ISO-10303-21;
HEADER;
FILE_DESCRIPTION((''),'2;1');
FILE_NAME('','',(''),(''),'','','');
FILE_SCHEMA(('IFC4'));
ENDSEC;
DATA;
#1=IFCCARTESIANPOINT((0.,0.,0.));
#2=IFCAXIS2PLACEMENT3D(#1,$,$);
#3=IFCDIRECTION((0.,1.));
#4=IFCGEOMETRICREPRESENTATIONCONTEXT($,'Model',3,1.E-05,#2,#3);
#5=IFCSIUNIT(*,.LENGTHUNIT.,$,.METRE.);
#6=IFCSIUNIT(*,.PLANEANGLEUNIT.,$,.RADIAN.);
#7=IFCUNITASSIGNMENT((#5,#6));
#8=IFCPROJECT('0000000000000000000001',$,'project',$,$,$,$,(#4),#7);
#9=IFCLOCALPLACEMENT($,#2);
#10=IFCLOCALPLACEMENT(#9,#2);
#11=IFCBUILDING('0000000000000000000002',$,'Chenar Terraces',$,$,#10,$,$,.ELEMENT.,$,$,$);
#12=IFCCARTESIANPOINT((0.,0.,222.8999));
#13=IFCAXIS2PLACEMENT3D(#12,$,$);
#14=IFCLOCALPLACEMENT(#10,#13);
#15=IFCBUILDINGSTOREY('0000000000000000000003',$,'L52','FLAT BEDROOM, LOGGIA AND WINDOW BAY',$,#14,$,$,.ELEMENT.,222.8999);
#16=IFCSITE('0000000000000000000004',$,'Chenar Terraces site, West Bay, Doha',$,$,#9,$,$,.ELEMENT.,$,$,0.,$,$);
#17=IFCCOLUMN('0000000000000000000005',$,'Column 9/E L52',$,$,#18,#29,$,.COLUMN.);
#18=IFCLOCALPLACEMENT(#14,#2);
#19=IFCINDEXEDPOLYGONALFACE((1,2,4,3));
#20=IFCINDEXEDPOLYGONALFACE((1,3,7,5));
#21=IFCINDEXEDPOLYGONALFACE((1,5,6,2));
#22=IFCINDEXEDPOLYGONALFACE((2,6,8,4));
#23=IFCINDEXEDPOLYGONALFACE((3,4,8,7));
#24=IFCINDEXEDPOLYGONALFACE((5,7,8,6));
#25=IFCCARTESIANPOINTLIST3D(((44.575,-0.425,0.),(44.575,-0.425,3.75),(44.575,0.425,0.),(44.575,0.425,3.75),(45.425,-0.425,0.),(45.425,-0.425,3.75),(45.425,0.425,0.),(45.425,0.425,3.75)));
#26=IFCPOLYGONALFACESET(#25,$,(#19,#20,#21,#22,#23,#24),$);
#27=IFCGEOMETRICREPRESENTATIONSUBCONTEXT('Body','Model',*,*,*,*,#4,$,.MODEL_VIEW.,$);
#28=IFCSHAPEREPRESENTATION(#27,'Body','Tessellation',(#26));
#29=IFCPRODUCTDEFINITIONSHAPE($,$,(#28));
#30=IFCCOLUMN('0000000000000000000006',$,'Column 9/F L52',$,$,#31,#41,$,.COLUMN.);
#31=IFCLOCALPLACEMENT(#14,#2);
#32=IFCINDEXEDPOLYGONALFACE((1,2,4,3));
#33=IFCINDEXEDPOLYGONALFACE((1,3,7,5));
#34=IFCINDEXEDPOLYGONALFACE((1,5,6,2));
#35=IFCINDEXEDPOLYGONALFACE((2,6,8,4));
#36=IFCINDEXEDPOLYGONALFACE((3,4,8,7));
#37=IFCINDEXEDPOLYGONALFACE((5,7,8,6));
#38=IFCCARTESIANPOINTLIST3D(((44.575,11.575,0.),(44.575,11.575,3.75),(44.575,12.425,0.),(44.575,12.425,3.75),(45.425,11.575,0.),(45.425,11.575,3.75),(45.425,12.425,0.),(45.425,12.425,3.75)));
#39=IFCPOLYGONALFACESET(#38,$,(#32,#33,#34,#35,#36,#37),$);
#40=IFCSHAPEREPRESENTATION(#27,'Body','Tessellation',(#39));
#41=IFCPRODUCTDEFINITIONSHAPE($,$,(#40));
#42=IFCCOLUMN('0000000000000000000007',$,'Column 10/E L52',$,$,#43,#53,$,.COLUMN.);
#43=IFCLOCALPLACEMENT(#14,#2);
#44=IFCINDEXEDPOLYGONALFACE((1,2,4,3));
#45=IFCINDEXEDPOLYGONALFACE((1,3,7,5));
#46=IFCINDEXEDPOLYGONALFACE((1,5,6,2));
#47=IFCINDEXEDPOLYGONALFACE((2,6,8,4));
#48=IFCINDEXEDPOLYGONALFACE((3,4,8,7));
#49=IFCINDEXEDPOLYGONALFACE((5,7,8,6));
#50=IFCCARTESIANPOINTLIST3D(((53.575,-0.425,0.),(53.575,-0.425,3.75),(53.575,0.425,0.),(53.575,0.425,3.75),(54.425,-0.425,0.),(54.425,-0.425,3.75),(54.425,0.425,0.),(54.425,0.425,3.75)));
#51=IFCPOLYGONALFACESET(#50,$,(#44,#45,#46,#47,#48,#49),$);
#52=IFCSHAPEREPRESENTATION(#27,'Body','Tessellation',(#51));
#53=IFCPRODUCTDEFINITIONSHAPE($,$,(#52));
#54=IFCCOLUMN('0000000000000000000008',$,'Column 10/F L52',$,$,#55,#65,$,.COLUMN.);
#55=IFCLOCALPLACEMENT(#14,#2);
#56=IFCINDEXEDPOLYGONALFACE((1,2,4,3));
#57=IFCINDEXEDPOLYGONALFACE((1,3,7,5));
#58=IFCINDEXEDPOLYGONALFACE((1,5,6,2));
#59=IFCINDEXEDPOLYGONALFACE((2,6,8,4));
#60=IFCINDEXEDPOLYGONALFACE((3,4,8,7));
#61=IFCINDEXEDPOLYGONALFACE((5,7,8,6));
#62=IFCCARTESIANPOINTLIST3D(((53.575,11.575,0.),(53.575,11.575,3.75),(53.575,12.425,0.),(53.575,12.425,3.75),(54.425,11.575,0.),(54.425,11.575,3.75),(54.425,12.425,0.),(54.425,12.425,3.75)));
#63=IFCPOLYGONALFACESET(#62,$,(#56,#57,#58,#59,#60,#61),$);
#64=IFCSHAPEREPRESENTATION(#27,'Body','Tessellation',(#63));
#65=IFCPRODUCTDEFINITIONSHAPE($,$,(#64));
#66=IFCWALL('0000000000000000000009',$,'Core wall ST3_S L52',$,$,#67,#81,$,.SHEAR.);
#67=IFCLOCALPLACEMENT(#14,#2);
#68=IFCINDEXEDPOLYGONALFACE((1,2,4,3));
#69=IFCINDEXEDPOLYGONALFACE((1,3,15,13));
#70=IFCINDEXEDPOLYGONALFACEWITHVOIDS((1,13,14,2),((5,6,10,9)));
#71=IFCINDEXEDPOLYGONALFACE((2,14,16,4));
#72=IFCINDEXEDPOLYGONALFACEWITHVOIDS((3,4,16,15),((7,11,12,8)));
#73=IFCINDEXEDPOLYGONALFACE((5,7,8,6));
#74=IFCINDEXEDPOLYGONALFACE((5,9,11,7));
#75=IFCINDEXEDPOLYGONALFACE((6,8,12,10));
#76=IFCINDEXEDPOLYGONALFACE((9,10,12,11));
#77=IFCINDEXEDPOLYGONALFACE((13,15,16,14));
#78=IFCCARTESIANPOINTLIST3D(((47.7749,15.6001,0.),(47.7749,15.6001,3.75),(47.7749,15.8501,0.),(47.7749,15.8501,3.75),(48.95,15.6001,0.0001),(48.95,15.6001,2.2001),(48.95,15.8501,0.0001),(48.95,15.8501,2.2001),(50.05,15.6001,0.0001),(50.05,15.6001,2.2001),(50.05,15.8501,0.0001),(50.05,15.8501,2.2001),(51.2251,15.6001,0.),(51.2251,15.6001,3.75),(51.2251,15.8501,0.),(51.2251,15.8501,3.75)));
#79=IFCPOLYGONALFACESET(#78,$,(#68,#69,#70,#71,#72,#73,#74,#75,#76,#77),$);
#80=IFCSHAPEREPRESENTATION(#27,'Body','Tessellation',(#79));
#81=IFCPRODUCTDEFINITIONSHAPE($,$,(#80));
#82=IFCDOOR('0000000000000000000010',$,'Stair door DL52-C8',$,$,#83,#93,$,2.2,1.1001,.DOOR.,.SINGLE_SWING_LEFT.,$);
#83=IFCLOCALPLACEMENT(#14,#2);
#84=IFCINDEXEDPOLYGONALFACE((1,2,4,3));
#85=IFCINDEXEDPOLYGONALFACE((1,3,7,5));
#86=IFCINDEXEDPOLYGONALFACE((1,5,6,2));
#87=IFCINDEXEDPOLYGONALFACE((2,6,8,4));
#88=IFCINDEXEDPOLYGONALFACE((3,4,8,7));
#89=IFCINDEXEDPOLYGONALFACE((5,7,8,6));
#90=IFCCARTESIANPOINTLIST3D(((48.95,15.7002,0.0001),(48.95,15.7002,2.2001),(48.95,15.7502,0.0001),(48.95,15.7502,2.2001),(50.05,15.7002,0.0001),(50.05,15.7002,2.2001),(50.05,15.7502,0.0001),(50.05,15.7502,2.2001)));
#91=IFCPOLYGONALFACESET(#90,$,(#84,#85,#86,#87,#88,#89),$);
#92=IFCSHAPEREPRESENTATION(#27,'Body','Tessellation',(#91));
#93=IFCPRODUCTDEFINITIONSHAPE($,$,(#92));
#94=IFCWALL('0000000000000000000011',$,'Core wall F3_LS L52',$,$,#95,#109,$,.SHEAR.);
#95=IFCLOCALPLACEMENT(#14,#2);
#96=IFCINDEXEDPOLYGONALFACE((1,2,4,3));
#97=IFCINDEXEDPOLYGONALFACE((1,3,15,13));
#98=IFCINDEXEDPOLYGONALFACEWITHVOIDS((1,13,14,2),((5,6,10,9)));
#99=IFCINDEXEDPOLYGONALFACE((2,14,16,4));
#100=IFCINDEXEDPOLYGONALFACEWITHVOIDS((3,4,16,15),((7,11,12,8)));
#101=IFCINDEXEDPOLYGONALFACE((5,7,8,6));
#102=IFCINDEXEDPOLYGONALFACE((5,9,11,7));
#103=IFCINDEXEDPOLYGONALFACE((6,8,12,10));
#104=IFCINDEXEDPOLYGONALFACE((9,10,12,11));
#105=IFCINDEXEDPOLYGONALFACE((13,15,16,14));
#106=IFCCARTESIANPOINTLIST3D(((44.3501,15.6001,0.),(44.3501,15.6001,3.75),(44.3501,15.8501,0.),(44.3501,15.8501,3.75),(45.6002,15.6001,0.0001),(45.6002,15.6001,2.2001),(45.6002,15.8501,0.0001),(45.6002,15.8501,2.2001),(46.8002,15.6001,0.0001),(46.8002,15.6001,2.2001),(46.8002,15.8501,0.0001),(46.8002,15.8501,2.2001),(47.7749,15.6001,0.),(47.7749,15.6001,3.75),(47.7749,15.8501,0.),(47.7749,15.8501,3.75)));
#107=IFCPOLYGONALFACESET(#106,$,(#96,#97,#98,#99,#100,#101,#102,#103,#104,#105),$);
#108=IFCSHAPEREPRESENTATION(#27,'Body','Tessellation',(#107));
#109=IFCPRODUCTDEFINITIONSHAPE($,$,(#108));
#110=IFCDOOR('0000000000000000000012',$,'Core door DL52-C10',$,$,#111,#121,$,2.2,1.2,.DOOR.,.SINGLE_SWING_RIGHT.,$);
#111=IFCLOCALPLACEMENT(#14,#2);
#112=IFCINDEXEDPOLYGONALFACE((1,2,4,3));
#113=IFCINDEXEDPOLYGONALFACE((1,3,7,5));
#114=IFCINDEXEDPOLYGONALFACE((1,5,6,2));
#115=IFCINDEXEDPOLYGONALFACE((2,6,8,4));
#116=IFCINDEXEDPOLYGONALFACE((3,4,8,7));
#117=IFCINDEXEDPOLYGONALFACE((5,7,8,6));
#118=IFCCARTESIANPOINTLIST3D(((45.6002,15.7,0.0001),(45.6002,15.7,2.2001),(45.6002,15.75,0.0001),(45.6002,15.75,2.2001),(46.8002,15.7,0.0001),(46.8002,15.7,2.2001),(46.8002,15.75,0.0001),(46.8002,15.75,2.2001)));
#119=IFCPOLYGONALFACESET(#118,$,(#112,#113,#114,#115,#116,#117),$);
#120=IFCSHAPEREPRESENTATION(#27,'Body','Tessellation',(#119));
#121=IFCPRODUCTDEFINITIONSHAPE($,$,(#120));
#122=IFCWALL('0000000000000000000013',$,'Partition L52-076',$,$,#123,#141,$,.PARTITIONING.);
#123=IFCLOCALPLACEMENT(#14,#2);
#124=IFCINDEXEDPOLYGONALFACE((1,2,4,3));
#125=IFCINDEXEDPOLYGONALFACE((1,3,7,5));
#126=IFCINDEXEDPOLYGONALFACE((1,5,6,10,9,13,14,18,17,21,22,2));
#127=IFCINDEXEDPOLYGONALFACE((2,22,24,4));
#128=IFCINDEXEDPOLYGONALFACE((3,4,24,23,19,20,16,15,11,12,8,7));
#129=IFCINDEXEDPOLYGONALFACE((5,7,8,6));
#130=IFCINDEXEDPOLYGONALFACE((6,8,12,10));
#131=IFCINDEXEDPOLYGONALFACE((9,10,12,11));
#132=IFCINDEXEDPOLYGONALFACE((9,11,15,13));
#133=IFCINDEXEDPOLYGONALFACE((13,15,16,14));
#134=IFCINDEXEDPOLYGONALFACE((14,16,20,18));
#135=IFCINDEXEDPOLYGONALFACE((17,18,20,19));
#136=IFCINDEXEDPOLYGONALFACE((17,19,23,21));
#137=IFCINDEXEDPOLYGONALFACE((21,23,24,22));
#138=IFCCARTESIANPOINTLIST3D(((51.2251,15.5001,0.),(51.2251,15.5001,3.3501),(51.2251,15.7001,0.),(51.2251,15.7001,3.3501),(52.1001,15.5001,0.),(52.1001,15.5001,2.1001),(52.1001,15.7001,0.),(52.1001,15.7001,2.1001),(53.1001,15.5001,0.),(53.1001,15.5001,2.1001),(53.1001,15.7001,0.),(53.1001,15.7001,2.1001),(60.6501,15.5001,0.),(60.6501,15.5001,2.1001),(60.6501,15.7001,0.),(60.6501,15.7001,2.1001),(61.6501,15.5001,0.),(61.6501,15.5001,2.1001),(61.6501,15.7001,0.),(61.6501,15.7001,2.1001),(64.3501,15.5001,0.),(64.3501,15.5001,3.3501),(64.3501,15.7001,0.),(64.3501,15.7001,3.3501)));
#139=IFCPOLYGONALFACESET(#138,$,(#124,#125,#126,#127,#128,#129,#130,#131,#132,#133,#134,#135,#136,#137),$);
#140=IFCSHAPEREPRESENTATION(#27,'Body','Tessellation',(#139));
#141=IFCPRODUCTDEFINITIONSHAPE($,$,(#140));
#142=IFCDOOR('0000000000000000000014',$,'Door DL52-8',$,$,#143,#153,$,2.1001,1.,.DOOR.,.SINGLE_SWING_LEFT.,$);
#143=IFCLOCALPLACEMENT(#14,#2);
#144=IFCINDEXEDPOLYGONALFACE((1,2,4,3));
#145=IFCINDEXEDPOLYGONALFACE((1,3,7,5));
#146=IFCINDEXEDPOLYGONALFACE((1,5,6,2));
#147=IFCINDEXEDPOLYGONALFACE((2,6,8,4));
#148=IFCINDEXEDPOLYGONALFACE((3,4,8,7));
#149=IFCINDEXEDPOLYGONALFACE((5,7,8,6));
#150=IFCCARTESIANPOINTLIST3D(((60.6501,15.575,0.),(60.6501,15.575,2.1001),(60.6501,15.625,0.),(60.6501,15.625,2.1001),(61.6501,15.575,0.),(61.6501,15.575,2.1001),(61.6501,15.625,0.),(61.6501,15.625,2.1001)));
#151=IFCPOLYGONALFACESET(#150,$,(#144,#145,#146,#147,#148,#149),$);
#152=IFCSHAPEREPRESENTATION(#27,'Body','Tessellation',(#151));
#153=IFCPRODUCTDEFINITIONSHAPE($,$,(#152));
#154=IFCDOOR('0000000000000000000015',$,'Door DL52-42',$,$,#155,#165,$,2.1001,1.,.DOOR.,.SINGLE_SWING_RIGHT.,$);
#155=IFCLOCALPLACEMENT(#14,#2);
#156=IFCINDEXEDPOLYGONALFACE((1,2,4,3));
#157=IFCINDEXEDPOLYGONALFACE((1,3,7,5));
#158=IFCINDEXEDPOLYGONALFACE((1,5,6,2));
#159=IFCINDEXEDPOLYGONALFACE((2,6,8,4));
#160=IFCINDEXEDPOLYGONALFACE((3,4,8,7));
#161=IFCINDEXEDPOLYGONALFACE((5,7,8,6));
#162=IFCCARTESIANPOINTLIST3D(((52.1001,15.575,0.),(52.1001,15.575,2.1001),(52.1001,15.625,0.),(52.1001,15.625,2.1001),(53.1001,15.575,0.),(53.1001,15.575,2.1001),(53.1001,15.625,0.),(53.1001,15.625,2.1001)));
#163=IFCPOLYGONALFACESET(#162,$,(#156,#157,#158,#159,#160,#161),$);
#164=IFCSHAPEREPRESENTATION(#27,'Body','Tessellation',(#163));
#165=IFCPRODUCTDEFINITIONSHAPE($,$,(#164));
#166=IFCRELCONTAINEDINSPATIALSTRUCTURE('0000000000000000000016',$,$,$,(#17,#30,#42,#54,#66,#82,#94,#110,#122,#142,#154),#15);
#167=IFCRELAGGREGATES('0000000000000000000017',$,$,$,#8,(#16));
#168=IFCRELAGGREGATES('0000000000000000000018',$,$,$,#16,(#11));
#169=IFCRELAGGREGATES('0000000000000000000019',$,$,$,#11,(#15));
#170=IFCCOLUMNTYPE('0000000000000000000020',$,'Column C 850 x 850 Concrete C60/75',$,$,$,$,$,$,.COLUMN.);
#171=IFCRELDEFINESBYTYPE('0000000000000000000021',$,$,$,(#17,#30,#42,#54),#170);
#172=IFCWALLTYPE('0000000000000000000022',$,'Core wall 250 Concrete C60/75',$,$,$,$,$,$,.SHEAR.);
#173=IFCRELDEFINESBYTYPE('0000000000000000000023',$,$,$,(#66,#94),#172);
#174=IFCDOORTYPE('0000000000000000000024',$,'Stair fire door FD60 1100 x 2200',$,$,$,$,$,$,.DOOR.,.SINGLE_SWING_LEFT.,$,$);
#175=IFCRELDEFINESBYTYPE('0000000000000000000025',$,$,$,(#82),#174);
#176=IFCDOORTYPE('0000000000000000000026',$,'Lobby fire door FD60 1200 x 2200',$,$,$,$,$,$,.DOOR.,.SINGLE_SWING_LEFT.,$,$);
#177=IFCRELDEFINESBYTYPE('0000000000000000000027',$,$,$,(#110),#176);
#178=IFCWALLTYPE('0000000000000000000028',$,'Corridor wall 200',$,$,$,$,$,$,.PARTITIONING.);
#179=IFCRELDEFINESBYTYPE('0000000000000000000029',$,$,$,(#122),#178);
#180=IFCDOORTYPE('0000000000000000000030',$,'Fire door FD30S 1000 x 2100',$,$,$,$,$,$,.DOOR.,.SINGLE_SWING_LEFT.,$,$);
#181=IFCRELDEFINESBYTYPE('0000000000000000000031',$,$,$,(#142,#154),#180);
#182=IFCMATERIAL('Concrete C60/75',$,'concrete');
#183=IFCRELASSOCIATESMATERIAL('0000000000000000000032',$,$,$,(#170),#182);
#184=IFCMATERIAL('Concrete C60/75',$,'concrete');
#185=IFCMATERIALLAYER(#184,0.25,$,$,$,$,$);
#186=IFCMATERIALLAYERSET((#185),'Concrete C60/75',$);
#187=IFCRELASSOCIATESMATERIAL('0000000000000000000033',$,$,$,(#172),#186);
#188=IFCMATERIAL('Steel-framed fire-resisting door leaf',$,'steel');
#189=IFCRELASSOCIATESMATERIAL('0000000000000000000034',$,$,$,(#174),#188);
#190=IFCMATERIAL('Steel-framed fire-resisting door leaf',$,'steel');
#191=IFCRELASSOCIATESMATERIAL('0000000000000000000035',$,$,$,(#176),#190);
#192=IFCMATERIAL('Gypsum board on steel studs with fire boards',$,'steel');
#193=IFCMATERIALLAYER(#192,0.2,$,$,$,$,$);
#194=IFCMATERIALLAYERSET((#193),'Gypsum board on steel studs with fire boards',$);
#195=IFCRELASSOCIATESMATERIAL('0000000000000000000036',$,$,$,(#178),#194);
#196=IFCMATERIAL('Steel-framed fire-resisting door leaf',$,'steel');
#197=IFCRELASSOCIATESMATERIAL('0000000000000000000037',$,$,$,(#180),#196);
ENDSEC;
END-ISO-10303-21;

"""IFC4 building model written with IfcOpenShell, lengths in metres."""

from ifc_helpers import new_model, si_unit, direction, frame, frame_2d, origin, origin_2d, place, context, subcontext, project, spatial, rectangle, extrude, material, layer, layer_set, material_profile, profile_set, type_object, element, fill, save


model = new_model("IFC4")

# Units and contexts
model_context = context("Model", 3, precision=1e-05, world=origin(), true_north=direction((0.0, 1.0)))
body_context = subcontext(model_context, "Body", "Model", "MODEL_VIEW")
ifc_project = project(units=[si_unit("LENGTHUNIT", "METRE"), si_unit("PLANEANGLEUNIT", "RADIAN")], contexts=[model_context])

# Site, building, storey
site_placement = place(None, origin())
site = spatial("IfcSite", under=ifc_project, at=site_placement, Name="Chenar Terraces site, West Bay, Doha", CompositionType="ELEMENT", RefElevation=0.0)
building_placement = place(site_placement, origin())
building = spatial("IfcBuilding", under=site, at=building_placement, Name="Chenar Terraces", CompositionType="ELEMENT")
storey_placement = place(building_placement, frame((0.0, 0.0, 222.8999)))
storey = spatial("IfcBuildingStorey", under=building, at=storey_placement, Name="L52", Description="FLAT BEDROOM, LOGGIA AND WINDOW BAY", CompositionType="ELEMENT", Elevation=222.8999)

# Columns
ifc_material_1 = material(Name="Concrete C60/75", Category="concrete")
ifc_material_profile = material_profile(ifc_material_1, rectangle(XDim=0.8501, YDim=0.8501, at=origin_2d()), Name="C 850 x 850")
ifc_profile_set = profile_set([ifc_material_profile], Name="Concrete C60/75")
column_type = type_object("IfcColumnType", Name="Column C 850 x 850 Concrete C60/75", PredefinedType="COLUMN", material=ifc_profile_set)
for number, where, z_axis, x_axis, name in (
    (1, (45.0, 0.0, 0.0), (0.0, 0.0, 1.0), (1.0, 0.0, 0.0), "Column 9/E L52"),
    (2, (45.0, 12.0, 0.0), (0.0, 0.0, 1.0), (1.0, 0.0, 0.0), "Column 9/F L52"),
    (3, (54.0, 0.0, 0.0), (0.0, 0.0, 1.0), (1.0, 0.0, 0.0), "Column 10/E L52"),
    (4, (54.0, 12.0, 0.0), (0.0, 0.0, 1.0), (1.0, 0.0, 0.0), "Column 10/F L52"),
):
    element("IfcColumn", number, at=place(storey_placement, frame(where, z_axis=z_axis, x_axis=x_axis)), inside=storey, type_object=column_type, Name=name, PredefinedType="COLUMN", context=body_context, shape_type="SweptSolid", body=[
        extrude(rectangle(XDim=0.8501, YDim=0.8501, at=origin_2d()), origin(), (0.0, 0.0, 1.0), 3.75),
    ])

# Walls, openings, doors
ifc_material_2 = material(Name="Concrete C60/75", Category="concrete")
ifc_layer_1 = layer(ifc_material_2, 0.25)
ifc_layer_set_1 = layer_set([ifc_layer_1], Name="Concrete C60/75")
wall_type_1 = type_object("IfcWallType", Name="Core wall 250 Concrete C60/75", PredefinedType="SHEAR", material=ifc_layer_set_1)
wall_1_placement = place(storey_placement, frame((47.7749, 15.7251, 0.0), z_axis=(0.0, 0.0, 1.0), x_axis=(1.0, 0.0, 0.0)))
wall_1 = element("IfcWall", 5, at=wall_1_placement, inside=storey, type_object=wall_type_1, Name="Core wall ST3_S L52", PredefinedType="SHEAR", context=body_context, shape_type="SweptSolid", body=[
    extrude(rectangle(XDim=3.4502, YDim=0.25, at=frame_2d((1.7251, 0.0))), origin(), (0.0, 0.0, 1.0), 3.75),
])
opening_1_placement = place(wall_1_placement, frame((1.175, 0.0, 0.0)))
opening_1 = element("IfcOpeningElement", 6, at=opening_1_placement, cuts=wall_1, PredefinedType="OPENING", context=body_context, shape_type="SweptSolid", body=[
    extrude(rectangle(XDim=1.1001, YDim=2.2, at=frame_2d((0.55, 1.1001))), frame((0.0, 0.135, 0.0), z_axis=(0.0, -1.0, 0.0), x_axis=(1.0, 0.0, 0.0)), (0.0, 0.0, 1.0), 0.27),
])
ifc_material_3 = material(Name="Steel-framed fire-resisting door leaf", Category="steel")
door_type_1 = type_object("IfcDoorType", Name="Stair fire door FD60 1100 x 2200", OperationType="SINGLE_SWING_LEFT", PredefinedType="DOOR", material=ifc_material_3)
door_1_placement = place(opening_1_placement, frame((1.1001, 0.0, 0.0), z_axis=(0.0, 0.0, 1.0), x_axis=(-1.0, 0.0, 0.0)))
door_1 = element("IfcDoor", 7, at=door_1_placement, inside=storey, type_object=door_type_1, Name="Stair door DL52-C8", OperationType="SINGLE_SWING_LEFT", OverallHeight=2.2, OverallWidth=1.1001, PredefinedType="DOOR", context=body_context, shape_type="SweptSolid", body=[
    extrude(rectangle(XDim=1.1001, YDim=2.2, at=frame_2d((0.55, 1.1001))), frame((0.0, 0.0249, 0.0), z_axis=(0.0, -1.0, 0.0), x_axis=(1.0, 0.0, 0.0)), (0.0, 0.0, 1.0), 0.05),
])
fill(opening_1, door_1)
wall_2_placement = place(storey_placement, frame((44.3501, 15.7251, 0.0), z_axis=(0.0, 0.0, 1.0), x_axis=(1.0, 0.0, 0.0)))
wall_2 = element("IfcWall", 8, at=wall_2_placement, inside=storey, type_object=wall_type_1, Name="Core wall F3_LS L52", PredefinedType="SHEAR", context=body_context, shape_type="SweptSolid", body=[
    extrude(rectangle(XDim=3.4248, YDim=0.25, at=frame_2d((1.7124, 0.0))), origin(), (0.0, 0.0, 1.0), 3.75),
])
opening_2_placement = place(wall_2_placement, frame((1.25, 0.0, 0.0)))
opening_2 = element("IfcOpeningElement", 9, at=opening_2_placement, cuts=wall_2, PredefinedType="OPENING", context=body_context, shape_type="SweptSolid", body=[
    extrude(rectangle(XDim=1.2, YDim=2.2, at=frame_2d((0.6001, 1.1001))), frame((0.0, 0.135, 0.0), z_axis=(0.0, -1.0, 0.0), x_axis=(1.0, 0.0, 0.0)), (0.0, 0.0, 1.0), 0.27),
])
ifc_material_4 = material(Name="Steel-framed fire-resisting door leaf", Category="steel")
door_type_2 = type_object("IfcDoorType", Name="Lobby fire door FD60 1200 x 2200", OperationType="SINGLE_SWING_LEFT", PredefinedType="DOOR", material=ifc_material_4)
door_2_placement = place(opening_2_placement, origin())
door_2 = element("IfcDoor", 10, at=door_2_placement, inside=storey, type_object=door_type_2, Name="Core door DL52-C10", OperationType="SINGLE_SWING_RIGHT", OverallHeight=2.2, OverallWidth=1.2, PredefinedType="DOOR", context=body_context, shape_type="SweptSolid", body=[
    extrude(rectangle(XDim=1.2, YDim=2.2, at=frame_2d((0.6001, 1.1001))), frame((0.0, 0.0249, 0.0), z_axis=(0.0, -1.0, 0.0), x_axis=(1.0, 0.0, 0.0)), (0.0, 0.0, 1.0), 0.05),
])
fill(opening_2, door_2)

# Wall, openings, doors
ifc_material_5 = material(Name="Gypsum board on steel studs with fire boards", Category="steel")
ifc_layer_2 = layer(ifc_material_5, 0.2)
ifc_layer_set_2 = layer_set([ifc_layer_2], Name="Gypsum board on steel studs with fire boards")
wall_type_2 = type_object("IfcWallType", Name="Corridor wall 200", PredefinedType="PARTITIONING", material=ifc_layer_set_2)
wall_3_placement = place(storey_placement, frame((51.2251, 15.6001, 0.0), z_axis=(0.0, 0.0, 1.0), x_axis=(1.0, 0.0, 0.0)))
wall_3 = element("IfcWall", 11, at=wall_3_placement, inside=storey, type_object=wall_type_2, Name="Partition L52-076", PredefinedType="PARTITIONING", context=body_context, shape_type="SweptSolid", body=[
    extrude(rectangle(XDim=13.125, YDim=0.2, at=frame_2d((6.5625, 0.0))), origin(), (0.0, 0.0, 1.0), 3.3501),
])
opening_3_placement = place(wall_3_placement, frame((9.425, 0.0, 0.0)))
opening_3 = element("IfcOpeningElement", 12, at=opening_3_placement, cuts=wall_3, PredefinedType="OPENING", context=body_context, shape_type="SweptSolid", body=[
    extrude(rectangle(XDim=1.0, YDim=2.1001, at=frame_2d((0.5, 1.05))), frame((0.0, 0.1099, 0.0), z_axis=(0.0, -1.0, 0.0), x_axis=(1.0, 0.0, 0.0)), (0.0, 0.0, 1.0), 0.22),
])
opening_4_placement = place(wall_3_placement, frame((0.875, 0.0, 0.0)))
opening_4 = element("IfcOpeningElement", 13, at=opening_4_placement, cuts=wall_3, PredefinedType="OPENING", context=body_context, shape_type="SweptSolid", body=[
    extrude(rectangle(XDim=1.0, YDim=2.1001, at=frame_2d((0.5, 1.05))), frame((0.0, 0.1099, 0.0), z_axis=(0.0, -1.0, 0.0), x_axis=(1.0, 0.0, 0.0)), (0.0, 0.0, 1.0), 0.22),
])
ifc_material_6 = material(Name="Steel-framed fire-resisting door leaf", Category="steel")
door_type_3 = type_object("IfcDoorType", Name="Fire door FD30S 1000 x 2100", OperationType="SINGLE_SWING_LEFT", PredefinedType="DOOR", material=ifc_material_6)
door_3_placement = place(opening_3_placement, origin())
door_3 = element("IfcDoor", 14, at=door_3_placement, inside=storey, type_object=door_type_3, Name="Door DL52-8", OperationType="SINGLE_SWING_LEFT", OverallHeight=2.1001, OverallWidth=1.0, PredefinedType="DOOR", context=body_context, shape_type="SweptSolid", body=[
    extrude(rectangle(XDim=1.0, YDim=2.1001, at=frame_2d((0.5, 1.05))), frame((0.0, 0.0249, 0.0), z_axis=(0.0, -1.0, 0.0), x_axis=(1.0, 0.0, 0.0)), (0.0, 0.0, 1.0), 0.05),
])
fill(opening_3, door_3)
door_4_placement = place(opening_4_placement, origin())
door_4 = element("IfcDoor", 15, at=door_4_placement, inside=storey, type_object=door_type_3, Name="Door DL52-42", OperationType="SINGLE_SWING_RIGHT", OverallHeight=2.1001, OverallWidth=1.0, PredefinedType="DOOR", context=body_context, shape_type="SweptSolid", body=[
    extrude(rectangle(XDim=1.0, YDim=2.1001, at=frame_2d((0.5, 1.05))), frame((0.0, 0.0249, 0.0), z_axis=(0.0, -1.0, 0.0), x_axis=(1.0, 0.0, 0.0)), (0.0, 0.0, 1.0), 0.05),
])
fill(opening_4, door_4)

save(model, "model.ifc")
